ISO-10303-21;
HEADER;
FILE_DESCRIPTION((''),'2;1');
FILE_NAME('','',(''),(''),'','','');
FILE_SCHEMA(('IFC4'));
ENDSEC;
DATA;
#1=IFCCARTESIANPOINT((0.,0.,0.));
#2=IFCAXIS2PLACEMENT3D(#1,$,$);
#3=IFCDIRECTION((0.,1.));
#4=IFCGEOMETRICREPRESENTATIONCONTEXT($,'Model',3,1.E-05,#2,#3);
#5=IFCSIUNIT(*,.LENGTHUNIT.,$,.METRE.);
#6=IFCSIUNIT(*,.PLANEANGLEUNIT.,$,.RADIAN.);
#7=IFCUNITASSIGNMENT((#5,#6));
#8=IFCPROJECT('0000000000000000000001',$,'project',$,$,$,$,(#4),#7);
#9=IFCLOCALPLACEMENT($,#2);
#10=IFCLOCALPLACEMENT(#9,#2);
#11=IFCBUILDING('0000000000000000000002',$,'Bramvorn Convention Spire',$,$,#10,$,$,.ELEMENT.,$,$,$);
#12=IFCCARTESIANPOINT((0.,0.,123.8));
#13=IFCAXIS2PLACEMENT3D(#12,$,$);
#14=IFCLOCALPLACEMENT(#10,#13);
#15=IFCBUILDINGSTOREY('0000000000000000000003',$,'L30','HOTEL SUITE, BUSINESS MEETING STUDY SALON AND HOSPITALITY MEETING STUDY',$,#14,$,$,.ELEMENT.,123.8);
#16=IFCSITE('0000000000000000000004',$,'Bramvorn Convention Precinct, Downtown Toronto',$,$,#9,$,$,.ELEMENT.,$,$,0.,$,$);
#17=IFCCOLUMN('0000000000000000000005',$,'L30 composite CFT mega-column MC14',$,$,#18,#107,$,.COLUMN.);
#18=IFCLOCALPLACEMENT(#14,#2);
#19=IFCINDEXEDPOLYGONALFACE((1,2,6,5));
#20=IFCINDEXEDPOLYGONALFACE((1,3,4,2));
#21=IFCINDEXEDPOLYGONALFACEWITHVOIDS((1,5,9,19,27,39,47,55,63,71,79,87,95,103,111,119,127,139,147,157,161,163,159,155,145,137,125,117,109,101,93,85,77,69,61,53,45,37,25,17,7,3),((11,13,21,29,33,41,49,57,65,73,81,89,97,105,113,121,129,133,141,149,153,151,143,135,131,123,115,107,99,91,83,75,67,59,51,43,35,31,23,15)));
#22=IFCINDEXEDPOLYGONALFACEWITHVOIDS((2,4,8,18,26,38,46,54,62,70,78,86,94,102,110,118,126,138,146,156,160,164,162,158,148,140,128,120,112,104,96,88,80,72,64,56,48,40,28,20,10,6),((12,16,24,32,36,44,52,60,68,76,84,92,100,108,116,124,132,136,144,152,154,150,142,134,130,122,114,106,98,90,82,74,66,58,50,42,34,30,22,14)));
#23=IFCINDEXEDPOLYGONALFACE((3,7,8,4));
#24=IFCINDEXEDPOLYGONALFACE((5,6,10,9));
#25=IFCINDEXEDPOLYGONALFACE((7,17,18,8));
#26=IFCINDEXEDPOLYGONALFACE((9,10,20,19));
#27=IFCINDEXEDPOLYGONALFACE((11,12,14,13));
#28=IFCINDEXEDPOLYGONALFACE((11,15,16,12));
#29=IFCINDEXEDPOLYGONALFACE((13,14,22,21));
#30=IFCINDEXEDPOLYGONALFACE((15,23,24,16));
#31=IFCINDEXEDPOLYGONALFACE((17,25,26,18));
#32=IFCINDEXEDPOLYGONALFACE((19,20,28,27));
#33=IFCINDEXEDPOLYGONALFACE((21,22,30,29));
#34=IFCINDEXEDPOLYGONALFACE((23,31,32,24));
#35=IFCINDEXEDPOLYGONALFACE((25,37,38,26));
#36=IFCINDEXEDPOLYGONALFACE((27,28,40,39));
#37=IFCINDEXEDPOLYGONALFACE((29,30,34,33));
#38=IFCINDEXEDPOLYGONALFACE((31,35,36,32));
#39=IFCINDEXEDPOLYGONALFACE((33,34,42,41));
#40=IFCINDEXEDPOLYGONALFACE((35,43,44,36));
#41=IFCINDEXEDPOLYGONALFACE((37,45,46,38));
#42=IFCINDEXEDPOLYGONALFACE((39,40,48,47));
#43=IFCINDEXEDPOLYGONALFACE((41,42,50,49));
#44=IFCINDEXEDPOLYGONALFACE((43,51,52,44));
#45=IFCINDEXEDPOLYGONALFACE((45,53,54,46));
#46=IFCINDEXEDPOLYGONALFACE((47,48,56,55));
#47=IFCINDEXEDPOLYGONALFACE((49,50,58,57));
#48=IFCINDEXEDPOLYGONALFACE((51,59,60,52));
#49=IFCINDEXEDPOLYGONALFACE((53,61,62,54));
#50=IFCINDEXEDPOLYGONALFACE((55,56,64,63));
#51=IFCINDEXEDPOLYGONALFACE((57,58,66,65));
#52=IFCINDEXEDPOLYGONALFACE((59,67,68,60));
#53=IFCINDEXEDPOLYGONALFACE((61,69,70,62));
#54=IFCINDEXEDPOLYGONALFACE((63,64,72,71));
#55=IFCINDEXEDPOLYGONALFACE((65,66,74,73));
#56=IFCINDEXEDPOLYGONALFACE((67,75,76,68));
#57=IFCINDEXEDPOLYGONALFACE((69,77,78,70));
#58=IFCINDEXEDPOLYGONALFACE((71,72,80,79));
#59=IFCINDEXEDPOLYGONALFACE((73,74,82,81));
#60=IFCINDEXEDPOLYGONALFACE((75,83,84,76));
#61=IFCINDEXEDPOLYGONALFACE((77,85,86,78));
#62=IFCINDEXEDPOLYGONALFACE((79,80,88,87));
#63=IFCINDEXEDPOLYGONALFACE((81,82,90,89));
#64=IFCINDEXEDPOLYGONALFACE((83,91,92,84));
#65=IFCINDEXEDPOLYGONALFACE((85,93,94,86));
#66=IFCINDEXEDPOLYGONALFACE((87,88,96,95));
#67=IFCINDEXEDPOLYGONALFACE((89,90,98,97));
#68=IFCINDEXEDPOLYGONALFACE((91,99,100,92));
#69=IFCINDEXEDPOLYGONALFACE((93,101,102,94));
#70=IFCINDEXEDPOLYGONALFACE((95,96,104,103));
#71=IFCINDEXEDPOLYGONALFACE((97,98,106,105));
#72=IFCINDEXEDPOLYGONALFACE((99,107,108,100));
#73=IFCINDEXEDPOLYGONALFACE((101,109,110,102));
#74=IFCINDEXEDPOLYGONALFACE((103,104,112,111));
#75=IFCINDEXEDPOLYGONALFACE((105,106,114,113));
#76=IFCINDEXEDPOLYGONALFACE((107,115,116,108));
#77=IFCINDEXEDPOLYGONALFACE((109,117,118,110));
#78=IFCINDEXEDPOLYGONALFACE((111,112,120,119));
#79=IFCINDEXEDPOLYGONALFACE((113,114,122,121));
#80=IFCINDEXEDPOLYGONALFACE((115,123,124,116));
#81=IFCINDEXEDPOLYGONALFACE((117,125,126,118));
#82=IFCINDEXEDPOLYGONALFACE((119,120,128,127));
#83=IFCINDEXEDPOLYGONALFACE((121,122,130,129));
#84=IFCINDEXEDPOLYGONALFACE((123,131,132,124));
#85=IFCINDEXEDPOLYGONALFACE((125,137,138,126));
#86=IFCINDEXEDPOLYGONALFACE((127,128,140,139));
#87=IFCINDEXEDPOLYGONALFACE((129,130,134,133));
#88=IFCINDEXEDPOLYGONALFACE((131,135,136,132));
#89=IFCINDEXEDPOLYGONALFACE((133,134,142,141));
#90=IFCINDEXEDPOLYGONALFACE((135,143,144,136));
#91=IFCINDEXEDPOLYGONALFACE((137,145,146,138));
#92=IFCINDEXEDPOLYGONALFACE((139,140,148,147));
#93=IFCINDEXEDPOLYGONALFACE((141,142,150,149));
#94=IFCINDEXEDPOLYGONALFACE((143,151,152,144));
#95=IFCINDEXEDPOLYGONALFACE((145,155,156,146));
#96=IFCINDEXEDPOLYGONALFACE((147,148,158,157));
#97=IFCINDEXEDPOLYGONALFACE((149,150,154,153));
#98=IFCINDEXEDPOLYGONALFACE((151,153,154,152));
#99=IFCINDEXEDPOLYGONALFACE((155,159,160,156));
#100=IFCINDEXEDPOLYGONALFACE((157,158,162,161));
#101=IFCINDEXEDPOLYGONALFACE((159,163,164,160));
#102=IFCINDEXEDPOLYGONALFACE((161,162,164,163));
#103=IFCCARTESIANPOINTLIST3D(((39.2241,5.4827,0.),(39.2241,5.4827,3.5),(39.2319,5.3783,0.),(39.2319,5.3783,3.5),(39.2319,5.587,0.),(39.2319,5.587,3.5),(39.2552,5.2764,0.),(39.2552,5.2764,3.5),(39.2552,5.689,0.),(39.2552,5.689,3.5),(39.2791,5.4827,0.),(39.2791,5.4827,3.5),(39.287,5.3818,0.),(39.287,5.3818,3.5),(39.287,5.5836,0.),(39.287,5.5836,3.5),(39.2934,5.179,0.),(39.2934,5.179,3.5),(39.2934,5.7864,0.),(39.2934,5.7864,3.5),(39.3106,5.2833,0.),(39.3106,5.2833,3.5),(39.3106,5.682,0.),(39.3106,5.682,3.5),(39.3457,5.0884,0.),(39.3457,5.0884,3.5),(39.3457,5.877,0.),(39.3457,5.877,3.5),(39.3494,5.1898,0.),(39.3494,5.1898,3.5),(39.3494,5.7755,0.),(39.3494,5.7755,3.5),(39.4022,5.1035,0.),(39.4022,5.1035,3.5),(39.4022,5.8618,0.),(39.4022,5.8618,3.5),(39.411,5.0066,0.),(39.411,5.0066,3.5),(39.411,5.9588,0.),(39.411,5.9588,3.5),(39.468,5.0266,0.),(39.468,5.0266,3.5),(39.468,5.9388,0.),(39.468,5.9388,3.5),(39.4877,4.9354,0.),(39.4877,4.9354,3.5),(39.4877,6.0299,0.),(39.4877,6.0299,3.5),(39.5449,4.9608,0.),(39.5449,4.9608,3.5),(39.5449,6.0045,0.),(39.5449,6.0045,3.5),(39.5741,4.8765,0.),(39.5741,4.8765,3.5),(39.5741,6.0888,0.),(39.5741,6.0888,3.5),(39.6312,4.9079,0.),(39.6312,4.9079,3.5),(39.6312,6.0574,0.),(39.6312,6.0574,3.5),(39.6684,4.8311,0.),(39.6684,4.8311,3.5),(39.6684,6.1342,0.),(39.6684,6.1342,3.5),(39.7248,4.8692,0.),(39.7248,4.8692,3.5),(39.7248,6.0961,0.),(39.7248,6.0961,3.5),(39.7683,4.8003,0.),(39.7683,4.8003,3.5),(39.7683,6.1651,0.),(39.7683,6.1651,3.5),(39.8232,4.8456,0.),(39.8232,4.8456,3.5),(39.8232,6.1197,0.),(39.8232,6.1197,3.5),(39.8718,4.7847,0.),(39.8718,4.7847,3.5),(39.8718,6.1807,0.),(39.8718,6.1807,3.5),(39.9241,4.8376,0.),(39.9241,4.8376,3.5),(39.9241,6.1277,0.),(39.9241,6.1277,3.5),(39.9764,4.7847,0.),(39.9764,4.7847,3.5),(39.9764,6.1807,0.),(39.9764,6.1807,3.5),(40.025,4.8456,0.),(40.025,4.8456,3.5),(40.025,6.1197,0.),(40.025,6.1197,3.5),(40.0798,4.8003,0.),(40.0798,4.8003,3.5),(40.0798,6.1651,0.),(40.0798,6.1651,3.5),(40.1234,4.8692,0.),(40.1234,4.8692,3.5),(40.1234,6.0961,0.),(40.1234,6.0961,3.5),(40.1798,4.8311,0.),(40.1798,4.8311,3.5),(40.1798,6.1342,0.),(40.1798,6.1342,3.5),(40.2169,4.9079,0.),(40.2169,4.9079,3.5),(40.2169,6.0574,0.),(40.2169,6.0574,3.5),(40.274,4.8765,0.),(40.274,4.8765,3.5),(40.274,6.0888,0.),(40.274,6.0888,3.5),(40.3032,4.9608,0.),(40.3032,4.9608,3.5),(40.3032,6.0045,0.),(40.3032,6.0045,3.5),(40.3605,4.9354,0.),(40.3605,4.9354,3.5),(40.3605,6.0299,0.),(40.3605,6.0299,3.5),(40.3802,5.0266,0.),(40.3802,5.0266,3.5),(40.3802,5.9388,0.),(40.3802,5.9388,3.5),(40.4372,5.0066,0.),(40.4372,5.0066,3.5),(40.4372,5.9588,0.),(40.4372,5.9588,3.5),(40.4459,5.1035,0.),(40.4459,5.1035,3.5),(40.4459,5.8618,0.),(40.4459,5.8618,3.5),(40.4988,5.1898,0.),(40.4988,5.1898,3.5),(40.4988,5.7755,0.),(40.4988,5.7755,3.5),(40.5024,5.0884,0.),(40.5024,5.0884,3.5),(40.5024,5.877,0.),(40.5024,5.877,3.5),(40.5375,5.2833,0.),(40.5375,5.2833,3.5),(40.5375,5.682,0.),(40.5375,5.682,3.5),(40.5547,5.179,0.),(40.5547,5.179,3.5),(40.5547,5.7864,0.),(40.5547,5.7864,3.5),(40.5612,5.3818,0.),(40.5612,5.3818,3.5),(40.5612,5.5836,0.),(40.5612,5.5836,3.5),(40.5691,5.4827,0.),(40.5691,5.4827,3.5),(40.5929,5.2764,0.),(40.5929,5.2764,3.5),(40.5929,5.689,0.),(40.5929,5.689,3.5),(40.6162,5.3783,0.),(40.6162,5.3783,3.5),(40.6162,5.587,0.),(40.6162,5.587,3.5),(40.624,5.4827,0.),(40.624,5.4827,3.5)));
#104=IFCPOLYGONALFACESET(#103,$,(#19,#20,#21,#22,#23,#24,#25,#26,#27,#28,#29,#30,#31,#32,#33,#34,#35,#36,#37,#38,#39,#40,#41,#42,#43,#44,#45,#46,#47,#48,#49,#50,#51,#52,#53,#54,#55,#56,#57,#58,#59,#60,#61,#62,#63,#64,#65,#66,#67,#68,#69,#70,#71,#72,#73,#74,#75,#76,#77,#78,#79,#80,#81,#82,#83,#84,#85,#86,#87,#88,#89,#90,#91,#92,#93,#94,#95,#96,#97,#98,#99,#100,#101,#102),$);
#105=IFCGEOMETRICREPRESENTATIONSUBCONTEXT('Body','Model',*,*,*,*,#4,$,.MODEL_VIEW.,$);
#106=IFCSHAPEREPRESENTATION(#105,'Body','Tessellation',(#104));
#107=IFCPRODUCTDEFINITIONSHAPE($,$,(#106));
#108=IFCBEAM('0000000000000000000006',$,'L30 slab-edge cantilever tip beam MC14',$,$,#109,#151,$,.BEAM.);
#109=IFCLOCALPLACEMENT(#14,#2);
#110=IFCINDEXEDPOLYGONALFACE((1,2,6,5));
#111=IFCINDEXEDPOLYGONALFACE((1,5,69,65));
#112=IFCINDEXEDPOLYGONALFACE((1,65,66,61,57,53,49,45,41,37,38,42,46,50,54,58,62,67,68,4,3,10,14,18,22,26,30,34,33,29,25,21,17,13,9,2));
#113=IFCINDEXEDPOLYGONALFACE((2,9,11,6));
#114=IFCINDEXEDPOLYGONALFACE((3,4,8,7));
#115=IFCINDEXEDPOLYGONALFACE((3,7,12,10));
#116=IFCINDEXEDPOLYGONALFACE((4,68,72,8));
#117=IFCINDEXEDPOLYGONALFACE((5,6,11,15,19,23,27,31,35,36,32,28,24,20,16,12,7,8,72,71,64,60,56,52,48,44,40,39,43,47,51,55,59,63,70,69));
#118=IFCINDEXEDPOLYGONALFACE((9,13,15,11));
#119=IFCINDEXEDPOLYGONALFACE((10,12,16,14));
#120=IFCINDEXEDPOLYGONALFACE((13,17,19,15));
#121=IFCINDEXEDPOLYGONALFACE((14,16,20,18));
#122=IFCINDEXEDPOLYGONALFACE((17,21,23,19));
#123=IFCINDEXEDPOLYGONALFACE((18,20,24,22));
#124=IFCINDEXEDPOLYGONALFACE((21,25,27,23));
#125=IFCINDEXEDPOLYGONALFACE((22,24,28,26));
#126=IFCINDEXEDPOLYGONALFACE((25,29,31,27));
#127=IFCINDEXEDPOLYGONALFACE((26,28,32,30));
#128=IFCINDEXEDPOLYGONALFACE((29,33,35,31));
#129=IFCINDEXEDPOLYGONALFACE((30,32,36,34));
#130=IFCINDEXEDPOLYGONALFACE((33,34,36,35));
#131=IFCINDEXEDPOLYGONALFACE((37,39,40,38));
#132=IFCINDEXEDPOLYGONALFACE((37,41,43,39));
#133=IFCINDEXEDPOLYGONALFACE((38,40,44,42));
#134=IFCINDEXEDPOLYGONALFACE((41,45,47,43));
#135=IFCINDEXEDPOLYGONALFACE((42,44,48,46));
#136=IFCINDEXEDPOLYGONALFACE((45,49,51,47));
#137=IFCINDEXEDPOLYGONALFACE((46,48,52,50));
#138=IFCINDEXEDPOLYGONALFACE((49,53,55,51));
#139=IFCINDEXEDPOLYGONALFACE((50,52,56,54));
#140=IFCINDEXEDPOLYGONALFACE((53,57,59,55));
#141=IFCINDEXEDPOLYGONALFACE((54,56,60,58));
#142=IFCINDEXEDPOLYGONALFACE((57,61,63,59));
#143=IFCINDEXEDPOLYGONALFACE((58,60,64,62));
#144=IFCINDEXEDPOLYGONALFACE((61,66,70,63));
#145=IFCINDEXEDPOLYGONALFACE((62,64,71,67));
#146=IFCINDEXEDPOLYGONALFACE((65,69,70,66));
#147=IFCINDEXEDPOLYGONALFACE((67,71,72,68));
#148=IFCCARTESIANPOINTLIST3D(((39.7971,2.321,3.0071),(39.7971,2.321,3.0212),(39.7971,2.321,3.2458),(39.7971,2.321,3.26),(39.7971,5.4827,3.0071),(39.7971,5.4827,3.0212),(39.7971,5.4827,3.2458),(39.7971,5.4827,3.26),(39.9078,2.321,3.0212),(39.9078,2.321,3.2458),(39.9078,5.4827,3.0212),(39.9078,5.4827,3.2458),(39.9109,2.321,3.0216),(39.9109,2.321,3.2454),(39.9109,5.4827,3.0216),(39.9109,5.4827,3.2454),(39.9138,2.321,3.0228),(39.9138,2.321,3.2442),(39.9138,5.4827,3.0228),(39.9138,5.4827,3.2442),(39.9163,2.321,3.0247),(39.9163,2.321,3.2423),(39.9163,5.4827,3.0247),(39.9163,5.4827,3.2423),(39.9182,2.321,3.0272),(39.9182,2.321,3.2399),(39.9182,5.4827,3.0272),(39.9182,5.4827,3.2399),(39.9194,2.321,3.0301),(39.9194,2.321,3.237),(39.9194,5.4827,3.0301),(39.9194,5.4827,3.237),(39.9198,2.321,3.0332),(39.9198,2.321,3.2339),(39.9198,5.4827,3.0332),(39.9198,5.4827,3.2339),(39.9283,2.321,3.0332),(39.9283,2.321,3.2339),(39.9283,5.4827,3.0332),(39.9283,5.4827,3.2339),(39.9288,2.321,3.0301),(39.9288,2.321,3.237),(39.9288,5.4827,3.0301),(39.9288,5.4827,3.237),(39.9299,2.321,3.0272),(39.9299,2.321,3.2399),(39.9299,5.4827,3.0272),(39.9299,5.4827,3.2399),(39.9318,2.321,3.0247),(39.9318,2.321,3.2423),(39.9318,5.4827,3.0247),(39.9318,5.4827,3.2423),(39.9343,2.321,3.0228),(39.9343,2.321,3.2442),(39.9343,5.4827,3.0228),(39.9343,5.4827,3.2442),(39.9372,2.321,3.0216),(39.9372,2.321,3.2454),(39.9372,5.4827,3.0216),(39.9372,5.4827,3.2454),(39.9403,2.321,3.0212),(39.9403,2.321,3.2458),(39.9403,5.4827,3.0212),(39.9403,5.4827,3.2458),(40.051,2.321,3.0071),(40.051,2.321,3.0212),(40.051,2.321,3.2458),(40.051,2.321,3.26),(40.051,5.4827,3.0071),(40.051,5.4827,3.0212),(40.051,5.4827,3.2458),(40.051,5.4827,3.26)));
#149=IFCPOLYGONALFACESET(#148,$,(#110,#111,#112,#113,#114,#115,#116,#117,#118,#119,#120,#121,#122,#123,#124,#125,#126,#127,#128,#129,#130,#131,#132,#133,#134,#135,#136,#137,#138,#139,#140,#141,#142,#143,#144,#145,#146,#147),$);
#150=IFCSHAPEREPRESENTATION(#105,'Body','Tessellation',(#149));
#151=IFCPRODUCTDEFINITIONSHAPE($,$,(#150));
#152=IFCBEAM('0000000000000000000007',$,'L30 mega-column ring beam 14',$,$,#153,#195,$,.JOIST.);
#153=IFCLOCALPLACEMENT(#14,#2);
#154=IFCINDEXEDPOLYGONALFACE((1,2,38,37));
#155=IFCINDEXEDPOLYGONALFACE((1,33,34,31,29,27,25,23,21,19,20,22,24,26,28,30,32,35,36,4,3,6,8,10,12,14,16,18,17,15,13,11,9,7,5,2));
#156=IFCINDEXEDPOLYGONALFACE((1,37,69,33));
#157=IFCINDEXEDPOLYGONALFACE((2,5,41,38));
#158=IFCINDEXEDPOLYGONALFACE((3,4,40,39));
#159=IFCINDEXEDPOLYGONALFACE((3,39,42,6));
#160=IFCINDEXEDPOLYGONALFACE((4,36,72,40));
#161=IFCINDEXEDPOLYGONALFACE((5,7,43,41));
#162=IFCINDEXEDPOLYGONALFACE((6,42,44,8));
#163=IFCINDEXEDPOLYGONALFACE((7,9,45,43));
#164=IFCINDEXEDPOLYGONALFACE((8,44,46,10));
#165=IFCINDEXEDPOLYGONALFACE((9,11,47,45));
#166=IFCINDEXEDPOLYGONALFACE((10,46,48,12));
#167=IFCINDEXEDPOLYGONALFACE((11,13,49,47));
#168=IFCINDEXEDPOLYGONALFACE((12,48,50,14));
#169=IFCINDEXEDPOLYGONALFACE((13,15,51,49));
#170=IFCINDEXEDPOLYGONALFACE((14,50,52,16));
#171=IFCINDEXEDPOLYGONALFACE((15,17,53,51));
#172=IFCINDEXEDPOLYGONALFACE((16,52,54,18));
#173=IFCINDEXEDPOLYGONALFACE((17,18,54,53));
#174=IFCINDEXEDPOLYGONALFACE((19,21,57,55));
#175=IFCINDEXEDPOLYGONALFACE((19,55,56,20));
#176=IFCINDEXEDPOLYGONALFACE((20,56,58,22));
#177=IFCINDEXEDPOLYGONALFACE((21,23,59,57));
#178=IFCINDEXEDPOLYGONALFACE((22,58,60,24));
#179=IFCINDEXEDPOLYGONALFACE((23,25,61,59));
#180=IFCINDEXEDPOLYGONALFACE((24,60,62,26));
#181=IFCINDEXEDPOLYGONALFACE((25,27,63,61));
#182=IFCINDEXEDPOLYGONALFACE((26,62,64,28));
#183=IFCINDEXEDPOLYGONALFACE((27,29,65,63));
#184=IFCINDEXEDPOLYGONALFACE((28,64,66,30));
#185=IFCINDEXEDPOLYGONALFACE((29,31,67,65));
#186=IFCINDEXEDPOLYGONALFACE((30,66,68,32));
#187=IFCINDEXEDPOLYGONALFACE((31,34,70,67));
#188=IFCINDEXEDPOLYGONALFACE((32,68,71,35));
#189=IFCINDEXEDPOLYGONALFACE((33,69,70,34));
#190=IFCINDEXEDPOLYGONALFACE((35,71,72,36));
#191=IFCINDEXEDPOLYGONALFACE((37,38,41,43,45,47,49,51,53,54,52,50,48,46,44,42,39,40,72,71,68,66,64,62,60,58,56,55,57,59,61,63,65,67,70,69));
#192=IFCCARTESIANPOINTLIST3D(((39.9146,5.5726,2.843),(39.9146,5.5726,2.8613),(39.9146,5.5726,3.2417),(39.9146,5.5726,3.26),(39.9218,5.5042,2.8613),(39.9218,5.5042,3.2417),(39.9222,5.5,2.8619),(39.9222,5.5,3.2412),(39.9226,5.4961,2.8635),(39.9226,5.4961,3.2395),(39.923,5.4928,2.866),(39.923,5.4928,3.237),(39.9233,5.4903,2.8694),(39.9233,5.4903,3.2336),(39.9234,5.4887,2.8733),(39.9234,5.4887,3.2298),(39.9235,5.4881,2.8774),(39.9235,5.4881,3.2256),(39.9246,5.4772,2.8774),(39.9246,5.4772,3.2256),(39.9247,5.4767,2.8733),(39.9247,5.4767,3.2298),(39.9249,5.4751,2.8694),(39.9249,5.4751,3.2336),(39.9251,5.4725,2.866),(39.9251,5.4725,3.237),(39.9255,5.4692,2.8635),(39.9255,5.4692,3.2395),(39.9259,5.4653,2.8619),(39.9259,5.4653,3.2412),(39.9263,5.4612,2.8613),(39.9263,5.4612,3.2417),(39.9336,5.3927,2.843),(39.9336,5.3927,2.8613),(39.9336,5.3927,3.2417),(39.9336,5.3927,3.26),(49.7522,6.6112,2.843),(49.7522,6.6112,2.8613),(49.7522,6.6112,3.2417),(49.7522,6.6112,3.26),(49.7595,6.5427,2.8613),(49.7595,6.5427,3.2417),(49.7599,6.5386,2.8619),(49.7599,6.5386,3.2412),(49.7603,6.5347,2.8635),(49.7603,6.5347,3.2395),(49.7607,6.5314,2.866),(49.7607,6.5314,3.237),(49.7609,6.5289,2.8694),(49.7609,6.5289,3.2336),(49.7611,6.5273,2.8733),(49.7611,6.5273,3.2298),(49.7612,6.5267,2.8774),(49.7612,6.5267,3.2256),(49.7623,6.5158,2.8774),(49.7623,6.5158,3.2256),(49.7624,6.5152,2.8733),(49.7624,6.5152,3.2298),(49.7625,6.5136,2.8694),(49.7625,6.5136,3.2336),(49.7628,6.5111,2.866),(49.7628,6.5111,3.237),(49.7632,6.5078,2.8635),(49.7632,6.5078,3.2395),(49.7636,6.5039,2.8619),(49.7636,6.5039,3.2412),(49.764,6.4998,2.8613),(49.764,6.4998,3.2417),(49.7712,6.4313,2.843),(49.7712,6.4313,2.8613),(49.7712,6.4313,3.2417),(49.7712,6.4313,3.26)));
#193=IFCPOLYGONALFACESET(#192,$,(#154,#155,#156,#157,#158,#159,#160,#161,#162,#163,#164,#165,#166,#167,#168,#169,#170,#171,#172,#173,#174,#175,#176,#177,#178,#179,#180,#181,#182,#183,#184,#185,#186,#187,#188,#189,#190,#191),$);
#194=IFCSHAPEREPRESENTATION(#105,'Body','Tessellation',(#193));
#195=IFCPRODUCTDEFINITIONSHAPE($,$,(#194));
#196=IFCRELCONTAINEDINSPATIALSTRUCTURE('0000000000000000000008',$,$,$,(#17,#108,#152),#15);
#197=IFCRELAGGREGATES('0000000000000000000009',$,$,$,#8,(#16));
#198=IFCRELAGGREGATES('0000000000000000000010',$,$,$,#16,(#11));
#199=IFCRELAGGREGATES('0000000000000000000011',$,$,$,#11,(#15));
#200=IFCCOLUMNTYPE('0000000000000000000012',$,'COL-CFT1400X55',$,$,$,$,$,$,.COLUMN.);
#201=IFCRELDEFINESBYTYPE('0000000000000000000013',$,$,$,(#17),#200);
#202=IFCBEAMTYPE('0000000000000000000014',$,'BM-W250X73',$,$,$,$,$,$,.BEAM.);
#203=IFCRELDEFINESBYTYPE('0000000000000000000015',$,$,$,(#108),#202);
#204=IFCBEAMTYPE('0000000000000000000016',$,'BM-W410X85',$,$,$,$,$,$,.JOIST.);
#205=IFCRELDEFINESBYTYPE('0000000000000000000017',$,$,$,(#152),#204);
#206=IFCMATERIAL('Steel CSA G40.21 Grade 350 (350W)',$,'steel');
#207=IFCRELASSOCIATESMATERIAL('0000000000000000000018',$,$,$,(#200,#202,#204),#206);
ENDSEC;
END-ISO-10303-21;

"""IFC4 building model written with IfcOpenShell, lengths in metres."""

from ifc_helpers import new_model, si_unit, direction, frame, origin, origin_2d, place, context, subcontext, project, spatial, hollow_circle, i_section, extrude, material, material_profile, profile_set, type_object, element, save


model = new_model("IFC4")

# Units and contexts
model_context = context("Model", 3, precision=1e-05, world=origin(), true_north=direction((0.0, 1.0)))
body_context = subcontext(model_context, "Body", "Model", "MODEL_VIEW")
ifc_project = project(units=[si_unit("LENGTHUNIT", "METRE"), si_unit("PLANEANGLEUNIT", "RADIAN")], contexts=[model_context])

# Site, building, storey
site_placement = place(None, origin())
site = spatial("IfcSite", under=ifc_project, at=site_placement, Name="Bramvorn Convention Precinct, Downtown Toronto", CompositionType="ELEMENT", RefElevation=0.0)
building_placement = place(site_placement, origin())
building = spatial("IfcBuilding", under=site, at=building_placement, Name="Bramvorn Convention Spire", CompositionType="ELEMENT")
storey_placement = place(building_placement, frame((0.0, 0.0, 123.8)))
storey = spatial("IfcBuildingStorey", under=building, at=storey_placement, Name="L30", Description="HOTEL SUITE, BUSINESS MEETING STUDY SALON AND HOSPITALITY MEETING STUDY", CompositionType="ELEMENT", Elevation=123.8)

# Column
ifc_material_1 = material(Name="Steel CSA G40.21 Grade 350 (350W)", Category="steel")
ifc_material_profile_1 = material_profile(ifc_material_1, hollow_circle(Radius=0.7, WallThickness=0.0549, at=origin_2d()))
ifc_profile_set_1 = profile_set([ifc_material_profile_1], Name="Steel CSA G40.21 Grade 350 (350W) - CFT1400X55")
column_type = type_object("IfcColumnType", Name="COL-CFT1400X55", PredefinedType="COLUMN", material=ifc_profile_set_1)
column_placement = place(storey_placement, frame((39.9241, 5.4827, 0.0), z_axis=(0.0, 0.0, 1.0), x_axis=(1.0, 0.0, 0.0)))
element("IfcColumn", 1, at=column_placement, inside=storey, type_object=column_type, Name="L30 composite CFT mega-column MC14", PredefinedType="COLUMN", context=body_context, shape_type="SweptSolid", body=[
    extrude(hollow_circle(Radius=0.7, WallThickness=0.0549, at=origin_2d()), origin(), (0.0, 0.0, 1.0), 3.5),
])

# Beams
ifc_material_profile_2 = material_profile(ifc_material_1, i_section(OverallWidth=0.2539, OverallDepth=0.2529, WebThickness=0.0085, FlangeThickness=0.0142, FilletRadius=0.012, at=origin_2d()))
ifc_profile_set_2 = profile_set([ifc_material_profile_2], Name="Steel CSA G40.21 Grade 350 (350W) - W250X73")
beam_type_1 = type_object("IfcBeamType", Name="BM-W250X73", PredefinedType="BEAM", material=ifc_profile_set_2)
beam_1_placement = place(storey_placement, frame((39.9241, 5.4827, 3.1335), z_axis=(0.0, -1.0, 0.0), x_axis=(1.0, 0.0, 0.0)))
element("IfcBeam", 2, at=beam_1_placement, inside=storey, type_object=beam_type_1, Name="L30 slab-edge cantilever tip beam MC14", PredefinedType="BEAM", context=body_context, shape_type="SweptSolid", body=[
    extrude(i_section(OverallWidth=0.2539, OverallDepth=0.2529, WebThickness=0.0085, FlangeThickness=0.0142, FilletRadius=0.012, at=origin_2d()), origin(), (0.0, 0.0, 1.0), 3.1616),
])
ifc_material_profile_3 = material_profile(ifc_material_1, i_section(OverallWidth=0.1809, OverallDepth=0.417, WebThickness=0.011, FlangeThickness=0.0183, FilletRadius=0.0161, at=origin_2d()))
ifc_profile_set_3 = profile_set([ifc_material_profile_3], Name="Steel CSA G40.21 Grade 350 (350W) - W410X85")
beam_type_2 = type_object("IfcBeamType", Name="BM-W410X85", PredefinedType="JOIST", material=ifc_profile_set_3)
beam_2_placement = place(storey_placement, frame((39.9241, 5.4827, 3.0515), z_axis=(0.994473, 0.104988, 0.0), x_axis=(-0.104988, 0.994473, 0.0)))
element("IfcBeam", 3, at=beam_2_placement, inside=storey, type_object=beam_type_2, Name="L30 mega-column ring beam 14", PredefinedType="JOIST", context=body_context, shape_type="SweptSolid", body=[
    extrude(i_section(OverallWidth=0.1809, OverallDepth=0.417, WebThickness=0.011, FlangeThickness=0.0183, FilletRadius=0.0161, at=origin_2d()), origin(), (0.0, 0.0, 1.0), 9.8923),
])

save(model, "model.ifc")
